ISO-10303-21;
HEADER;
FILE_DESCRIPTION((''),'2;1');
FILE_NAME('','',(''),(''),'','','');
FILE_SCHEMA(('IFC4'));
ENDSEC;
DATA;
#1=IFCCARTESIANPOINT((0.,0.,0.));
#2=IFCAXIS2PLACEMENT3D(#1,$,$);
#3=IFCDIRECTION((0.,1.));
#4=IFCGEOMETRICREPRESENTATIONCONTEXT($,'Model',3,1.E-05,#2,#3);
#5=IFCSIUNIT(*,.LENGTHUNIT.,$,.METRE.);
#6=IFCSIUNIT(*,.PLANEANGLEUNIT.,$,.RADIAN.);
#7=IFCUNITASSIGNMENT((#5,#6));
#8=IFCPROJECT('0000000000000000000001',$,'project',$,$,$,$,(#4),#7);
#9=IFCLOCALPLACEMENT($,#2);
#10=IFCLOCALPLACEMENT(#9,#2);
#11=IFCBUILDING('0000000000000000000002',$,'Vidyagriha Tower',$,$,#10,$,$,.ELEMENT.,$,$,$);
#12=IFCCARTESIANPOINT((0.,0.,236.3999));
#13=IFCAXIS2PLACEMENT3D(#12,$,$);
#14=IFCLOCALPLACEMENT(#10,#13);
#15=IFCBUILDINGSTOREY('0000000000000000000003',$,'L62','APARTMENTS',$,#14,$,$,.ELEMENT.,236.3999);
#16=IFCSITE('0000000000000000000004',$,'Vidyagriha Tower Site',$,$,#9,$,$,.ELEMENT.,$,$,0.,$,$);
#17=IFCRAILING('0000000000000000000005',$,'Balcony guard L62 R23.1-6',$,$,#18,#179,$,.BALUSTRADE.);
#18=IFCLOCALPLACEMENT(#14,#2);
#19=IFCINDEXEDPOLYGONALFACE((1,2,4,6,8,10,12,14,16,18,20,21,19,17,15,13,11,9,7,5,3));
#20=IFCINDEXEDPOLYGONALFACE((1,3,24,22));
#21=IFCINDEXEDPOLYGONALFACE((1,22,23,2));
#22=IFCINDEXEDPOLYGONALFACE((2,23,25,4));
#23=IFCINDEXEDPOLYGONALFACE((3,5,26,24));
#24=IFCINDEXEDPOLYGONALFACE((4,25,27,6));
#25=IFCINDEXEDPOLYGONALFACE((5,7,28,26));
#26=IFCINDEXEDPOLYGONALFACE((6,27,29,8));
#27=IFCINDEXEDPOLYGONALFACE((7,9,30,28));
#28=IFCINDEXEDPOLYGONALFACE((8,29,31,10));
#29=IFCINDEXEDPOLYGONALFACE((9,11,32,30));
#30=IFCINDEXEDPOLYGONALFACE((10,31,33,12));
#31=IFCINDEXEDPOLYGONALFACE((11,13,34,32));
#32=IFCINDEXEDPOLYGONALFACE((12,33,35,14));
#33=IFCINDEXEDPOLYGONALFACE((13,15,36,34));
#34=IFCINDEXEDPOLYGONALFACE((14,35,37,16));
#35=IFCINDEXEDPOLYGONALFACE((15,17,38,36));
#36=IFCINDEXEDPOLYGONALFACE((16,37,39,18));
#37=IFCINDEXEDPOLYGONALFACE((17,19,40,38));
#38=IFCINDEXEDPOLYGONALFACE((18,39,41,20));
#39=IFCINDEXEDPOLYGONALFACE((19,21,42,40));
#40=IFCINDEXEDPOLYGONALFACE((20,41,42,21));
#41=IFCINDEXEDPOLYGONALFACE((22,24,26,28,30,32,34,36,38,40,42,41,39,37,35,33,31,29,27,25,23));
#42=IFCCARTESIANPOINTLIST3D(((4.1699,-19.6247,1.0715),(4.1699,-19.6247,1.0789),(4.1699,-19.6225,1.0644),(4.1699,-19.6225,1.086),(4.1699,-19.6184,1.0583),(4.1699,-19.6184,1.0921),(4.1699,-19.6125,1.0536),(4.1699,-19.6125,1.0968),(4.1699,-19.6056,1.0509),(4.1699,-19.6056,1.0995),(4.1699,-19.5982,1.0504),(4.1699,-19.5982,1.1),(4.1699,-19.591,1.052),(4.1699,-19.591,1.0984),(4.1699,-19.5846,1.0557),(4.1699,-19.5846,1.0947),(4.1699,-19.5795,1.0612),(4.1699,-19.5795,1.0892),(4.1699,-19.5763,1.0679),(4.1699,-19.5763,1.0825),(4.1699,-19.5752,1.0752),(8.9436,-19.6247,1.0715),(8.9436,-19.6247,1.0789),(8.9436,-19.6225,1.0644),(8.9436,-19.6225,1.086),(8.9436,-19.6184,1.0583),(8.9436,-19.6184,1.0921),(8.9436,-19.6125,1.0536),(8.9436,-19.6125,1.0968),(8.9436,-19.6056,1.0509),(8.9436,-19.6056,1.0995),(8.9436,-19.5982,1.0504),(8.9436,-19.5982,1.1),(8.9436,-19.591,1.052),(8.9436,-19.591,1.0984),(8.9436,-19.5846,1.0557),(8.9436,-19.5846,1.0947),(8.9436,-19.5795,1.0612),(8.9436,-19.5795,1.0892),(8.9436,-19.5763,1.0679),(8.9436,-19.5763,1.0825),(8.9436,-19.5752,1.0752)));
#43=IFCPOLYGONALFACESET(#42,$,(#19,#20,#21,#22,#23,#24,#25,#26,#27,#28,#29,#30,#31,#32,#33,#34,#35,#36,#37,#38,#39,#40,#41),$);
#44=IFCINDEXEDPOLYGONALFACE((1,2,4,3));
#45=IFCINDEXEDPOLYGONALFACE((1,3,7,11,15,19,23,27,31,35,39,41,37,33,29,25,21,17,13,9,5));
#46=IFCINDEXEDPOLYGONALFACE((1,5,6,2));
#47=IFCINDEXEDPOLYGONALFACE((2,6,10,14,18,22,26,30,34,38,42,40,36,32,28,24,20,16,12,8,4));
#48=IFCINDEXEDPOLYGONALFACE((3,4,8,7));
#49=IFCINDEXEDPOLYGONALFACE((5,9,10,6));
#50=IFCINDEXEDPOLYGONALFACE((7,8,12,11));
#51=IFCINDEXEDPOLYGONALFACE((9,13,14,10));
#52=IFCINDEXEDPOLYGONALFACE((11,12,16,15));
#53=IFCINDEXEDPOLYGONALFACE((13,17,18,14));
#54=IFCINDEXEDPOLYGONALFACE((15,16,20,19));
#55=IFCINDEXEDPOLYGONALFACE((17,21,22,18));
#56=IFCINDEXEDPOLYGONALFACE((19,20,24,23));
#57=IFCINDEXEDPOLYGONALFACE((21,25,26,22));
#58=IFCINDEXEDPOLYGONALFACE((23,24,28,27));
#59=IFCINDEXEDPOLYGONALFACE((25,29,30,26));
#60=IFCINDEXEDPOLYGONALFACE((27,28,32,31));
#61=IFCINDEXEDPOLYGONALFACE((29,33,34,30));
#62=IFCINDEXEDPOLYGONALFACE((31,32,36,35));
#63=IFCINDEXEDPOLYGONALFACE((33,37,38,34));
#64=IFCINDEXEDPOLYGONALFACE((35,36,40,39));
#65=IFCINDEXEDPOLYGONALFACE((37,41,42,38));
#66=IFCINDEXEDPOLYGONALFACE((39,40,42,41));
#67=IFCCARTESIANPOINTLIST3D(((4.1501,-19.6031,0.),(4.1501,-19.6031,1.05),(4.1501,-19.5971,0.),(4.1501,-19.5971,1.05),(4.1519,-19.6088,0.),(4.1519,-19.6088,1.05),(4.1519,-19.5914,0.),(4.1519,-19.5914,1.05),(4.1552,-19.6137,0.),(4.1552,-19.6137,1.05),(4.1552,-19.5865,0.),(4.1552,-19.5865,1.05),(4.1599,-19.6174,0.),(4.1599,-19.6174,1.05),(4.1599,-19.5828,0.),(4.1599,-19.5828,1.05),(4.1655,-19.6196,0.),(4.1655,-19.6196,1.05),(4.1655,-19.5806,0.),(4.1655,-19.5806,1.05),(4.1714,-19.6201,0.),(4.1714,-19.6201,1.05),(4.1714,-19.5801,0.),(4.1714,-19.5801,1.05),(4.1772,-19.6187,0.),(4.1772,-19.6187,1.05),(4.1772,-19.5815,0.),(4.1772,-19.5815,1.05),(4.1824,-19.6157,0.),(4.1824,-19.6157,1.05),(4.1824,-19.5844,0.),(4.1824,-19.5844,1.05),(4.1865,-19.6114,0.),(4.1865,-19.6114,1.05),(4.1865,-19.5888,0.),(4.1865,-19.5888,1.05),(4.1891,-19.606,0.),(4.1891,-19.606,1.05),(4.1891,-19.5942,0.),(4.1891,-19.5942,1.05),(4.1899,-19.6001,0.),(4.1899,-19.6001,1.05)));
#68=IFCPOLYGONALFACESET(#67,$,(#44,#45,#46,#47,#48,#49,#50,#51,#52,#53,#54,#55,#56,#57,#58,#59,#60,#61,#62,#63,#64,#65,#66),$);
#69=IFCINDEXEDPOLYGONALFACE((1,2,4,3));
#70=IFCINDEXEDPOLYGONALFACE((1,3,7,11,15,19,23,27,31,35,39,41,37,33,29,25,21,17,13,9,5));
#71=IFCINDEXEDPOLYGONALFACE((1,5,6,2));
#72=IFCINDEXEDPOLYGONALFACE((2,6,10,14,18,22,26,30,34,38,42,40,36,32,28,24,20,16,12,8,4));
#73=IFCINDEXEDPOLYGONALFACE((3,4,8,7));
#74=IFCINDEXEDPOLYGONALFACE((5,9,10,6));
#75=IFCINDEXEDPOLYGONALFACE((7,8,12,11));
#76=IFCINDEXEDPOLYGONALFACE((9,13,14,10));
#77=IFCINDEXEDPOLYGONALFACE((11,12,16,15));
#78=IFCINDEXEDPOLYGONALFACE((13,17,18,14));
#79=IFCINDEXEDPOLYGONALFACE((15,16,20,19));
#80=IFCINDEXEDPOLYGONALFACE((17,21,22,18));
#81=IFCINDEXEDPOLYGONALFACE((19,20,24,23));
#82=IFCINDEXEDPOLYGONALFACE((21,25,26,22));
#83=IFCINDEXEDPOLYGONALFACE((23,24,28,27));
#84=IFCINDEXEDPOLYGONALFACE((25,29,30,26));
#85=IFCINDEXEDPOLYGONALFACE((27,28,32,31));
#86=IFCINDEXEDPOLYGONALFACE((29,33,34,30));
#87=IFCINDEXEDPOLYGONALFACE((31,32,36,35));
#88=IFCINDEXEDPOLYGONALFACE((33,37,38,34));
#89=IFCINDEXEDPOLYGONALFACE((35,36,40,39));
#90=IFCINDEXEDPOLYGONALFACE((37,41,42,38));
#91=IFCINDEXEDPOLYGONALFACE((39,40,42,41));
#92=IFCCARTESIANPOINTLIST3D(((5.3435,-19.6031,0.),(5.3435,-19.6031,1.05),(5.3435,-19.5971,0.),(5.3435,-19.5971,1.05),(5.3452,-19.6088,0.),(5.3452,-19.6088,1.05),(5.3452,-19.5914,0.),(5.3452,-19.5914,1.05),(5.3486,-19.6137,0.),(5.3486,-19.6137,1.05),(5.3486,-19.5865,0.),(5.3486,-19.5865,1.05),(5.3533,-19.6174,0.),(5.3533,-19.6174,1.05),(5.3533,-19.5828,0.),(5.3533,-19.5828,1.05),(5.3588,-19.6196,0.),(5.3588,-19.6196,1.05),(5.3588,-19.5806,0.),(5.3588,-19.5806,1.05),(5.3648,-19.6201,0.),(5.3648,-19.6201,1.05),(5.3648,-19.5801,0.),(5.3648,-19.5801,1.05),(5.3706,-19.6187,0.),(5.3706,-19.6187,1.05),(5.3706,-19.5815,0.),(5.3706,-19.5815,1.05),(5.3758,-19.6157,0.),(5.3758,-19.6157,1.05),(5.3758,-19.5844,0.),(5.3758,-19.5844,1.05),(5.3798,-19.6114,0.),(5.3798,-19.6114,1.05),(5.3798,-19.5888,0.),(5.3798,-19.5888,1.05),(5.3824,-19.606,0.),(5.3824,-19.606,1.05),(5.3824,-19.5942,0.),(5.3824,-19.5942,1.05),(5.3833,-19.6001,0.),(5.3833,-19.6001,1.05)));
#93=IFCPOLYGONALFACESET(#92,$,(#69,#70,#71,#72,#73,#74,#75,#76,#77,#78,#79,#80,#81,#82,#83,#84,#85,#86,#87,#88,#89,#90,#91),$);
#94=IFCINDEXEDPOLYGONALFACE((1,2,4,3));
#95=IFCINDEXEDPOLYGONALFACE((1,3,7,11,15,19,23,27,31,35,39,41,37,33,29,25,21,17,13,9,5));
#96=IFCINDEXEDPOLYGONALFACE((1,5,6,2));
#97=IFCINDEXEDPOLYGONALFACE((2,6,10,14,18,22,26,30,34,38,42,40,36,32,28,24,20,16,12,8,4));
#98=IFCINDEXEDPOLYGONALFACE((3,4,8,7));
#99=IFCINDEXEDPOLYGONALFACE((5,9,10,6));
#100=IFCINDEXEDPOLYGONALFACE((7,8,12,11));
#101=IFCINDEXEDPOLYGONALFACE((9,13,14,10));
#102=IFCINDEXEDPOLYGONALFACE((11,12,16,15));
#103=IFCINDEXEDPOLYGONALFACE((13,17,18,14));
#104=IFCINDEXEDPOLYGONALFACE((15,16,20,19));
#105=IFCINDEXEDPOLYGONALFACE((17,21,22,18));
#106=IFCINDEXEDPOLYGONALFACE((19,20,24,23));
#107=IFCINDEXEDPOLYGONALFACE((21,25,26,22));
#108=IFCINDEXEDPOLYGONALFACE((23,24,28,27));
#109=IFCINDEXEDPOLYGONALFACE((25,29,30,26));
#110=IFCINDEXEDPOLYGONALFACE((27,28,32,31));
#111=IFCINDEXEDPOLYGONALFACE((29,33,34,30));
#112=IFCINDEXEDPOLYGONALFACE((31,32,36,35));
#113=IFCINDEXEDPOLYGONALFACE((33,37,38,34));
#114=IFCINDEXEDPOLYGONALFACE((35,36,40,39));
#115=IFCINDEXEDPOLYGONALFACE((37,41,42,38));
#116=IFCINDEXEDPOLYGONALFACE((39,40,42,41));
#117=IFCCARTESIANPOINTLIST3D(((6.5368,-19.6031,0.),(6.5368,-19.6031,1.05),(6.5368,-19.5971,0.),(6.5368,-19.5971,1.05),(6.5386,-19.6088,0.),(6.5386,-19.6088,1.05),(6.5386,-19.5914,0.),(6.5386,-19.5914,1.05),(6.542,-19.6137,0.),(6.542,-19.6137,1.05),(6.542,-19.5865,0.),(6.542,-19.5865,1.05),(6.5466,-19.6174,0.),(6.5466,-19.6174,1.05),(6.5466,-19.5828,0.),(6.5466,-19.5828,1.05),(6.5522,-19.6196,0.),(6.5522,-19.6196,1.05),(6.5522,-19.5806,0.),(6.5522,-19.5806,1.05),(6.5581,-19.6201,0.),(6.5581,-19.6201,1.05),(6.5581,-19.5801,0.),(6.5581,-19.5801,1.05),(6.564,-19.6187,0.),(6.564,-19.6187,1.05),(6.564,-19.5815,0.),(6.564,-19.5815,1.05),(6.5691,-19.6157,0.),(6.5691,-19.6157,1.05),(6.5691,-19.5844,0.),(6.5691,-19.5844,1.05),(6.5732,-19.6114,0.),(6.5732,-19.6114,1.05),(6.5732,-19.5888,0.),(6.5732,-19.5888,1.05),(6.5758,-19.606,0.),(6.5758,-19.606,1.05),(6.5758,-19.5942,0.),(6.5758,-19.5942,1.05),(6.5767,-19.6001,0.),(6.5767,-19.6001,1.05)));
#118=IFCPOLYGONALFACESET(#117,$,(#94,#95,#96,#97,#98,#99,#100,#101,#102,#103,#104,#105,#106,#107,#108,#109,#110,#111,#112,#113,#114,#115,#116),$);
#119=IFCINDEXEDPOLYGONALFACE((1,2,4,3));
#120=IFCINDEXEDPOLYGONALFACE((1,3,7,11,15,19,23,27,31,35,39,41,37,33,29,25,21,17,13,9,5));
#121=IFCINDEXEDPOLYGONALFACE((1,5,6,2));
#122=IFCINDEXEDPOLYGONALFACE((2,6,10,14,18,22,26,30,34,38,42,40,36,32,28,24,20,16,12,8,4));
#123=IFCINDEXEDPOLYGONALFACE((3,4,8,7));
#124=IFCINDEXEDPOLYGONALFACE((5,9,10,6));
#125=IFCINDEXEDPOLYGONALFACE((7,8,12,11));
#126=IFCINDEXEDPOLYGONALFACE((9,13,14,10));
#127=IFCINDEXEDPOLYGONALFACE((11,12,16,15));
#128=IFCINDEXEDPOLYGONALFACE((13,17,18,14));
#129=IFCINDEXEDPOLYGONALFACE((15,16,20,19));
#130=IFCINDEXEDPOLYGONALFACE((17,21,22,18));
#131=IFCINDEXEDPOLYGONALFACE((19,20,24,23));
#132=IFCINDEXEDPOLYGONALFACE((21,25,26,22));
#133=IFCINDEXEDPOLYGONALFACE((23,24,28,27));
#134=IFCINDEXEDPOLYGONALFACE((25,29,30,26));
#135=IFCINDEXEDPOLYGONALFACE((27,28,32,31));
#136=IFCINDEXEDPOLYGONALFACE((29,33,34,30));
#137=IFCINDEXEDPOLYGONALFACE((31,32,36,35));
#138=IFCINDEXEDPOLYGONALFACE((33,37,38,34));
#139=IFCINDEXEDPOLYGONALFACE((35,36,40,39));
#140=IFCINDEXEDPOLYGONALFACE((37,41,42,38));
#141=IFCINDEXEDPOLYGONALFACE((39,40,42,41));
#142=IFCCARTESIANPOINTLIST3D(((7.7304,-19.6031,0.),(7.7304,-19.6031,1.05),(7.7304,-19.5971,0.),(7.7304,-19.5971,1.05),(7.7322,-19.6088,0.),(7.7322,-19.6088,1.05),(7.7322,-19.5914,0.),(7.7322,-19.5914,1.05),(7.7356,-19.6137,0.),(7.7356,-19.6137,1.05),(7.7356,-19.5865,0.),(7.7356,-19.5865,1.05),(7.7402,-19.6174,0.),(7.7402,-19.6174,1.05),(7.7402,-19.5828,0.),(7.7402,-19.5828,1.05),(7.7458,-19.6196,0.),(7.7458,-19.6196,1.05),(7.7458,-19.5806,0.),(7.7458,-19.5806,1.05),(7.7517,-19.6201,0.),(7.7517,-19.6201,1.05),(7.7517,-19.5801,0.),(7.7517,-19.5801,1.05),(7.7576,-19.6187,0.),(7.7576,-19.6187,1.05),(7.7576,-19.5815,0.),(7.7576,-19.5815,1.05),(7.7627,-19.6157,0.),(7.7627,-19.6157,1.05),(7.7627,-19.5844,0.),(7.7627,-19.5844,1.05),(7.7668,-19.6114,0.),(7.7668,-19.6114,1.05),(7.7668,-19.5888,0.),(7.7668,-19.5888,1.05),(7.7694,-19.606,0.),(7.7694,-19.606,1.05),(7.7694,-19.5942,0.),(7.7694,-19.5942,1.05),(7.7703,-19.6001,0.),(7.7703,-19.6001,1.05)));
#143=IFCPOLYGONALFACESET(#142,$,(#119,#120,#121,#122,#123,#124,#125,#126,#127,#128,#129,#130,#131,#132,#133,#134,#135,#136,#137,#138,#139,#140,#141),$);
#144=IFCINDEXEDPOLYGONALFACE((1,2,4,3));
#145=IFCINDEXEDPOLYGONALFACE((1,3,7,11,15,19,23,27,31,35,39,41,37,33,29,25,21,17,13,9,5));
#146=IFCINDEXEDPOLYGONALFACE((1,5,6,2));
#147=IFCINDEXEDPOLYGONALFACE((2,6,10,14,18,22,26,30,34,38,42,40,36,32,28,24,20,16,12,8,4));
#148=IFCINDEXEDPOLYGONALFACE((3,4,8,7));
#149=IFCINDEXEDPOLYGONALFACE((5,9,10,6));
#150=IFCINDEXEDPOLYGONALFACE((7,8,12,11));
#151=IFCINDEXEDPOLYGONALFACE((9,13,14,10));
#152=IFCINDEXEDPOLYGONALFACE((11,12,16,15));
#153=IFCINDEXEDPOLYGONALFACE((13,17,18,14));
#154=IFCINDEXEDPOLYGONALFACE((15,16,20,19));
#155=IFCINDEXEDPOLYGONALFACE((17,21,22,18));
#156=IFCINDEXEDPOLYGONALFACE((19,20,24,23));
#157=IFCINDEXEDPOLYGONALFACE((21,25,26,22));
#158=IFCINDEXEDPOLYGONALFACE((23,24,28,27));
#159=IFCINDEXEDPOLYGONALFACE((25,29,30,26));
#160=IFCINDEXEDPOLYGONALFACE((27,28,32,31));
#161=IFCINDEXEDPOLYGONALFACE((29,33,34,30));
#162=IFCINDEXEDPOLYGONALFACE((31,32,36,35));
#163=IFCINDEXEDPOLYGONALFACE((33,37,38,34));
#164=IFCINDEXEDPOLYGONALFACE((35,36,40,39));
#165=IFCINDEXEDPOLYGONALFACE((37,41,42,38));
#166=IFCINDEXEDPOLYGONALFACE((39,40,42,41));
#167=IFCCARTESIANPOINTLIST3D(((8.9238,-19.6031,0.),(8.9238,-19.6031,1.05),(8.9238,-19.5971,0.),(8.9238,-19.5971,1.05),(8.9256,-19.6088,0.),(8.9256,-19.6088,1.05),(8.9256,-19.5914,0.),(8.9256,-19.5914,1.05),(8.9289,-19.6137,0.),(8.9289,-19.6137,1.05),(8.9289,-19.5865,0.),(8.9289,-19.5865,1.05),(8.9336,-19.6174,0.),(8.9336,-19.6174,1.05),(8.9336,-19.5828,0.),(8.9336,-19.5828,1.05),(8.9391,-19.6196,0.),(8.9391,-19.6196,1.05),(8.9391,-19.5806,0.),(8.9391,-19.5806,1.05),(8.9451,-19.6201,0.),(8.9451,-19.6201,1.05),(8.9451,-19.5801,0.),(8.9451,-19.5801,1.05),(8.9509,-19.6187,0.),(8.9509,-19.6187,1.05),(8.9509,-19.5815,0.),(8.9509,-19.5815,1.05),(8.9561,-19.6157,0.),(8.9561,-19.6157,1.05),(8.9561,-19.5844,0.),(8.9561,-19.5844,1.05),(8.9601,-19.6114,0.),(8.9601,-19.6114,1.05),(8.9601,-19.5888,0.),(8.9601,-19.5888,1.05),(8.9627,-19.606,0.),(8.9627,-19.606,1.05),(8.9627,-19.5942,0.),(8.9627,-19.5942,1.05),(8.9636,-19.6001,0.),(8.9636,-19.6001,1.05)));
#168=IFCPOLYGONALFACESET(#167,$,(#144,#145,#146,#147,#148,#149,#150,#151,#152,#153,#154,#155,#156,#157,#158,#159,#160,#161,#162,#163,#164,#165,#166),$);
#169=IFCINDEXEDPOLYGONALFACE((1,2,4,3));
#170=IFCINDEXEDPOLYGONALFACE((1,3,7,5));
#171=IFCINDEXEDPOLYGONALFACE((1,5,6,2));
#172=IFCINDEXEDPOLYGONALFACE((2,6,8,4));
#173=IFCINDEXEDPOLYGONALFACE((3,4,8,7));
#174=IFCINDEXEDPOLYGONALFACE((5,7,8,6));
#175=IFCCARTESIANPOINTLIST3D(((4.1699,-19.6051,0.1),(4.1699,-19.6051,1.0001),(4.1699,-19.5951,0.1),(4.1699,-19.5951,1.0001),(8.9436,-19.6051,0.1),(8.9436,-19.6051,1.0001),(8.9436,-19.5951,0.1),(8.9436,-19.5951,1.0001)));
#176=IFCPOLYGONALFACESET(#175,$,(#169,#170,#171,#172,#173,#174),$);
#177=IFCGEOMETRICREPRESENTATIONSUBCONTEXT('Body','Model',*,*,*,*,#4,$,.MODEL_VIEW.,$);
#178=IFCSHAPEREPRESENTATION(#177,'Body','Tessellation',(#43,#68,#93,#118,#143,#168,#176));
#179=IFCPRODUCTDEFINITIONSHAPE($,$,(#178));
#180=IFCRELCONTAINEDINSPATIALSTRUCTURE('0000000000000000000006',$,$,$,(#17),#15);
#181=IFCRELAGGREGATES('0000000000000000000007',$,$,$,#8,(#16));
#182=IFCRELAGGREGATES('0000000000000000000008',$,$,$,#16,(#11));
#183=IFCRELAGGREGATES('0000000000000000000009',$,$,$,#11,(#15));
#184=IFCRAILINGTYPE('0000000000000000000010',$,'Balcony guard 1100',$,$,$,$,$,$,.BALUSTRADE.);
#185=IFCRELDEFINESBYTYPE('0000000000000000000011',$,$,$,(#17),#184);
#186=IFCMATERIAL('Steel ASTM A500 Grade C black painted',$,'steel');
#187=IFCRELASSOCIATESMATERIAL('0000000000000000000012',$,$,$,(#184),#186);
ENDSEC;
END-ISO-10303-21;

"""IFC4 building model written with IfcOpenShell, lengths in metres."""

from ifc_helpers import new_model, si_unit, direction, frame, origin, origin_2d, place, context, subcontext, project, spatial, rectangle, circle, extrude, material, type_object, element, save


model = new_model("IFC4")

# Units and contexts
model_context = context("Model", 3, precision=1e-05, world=origin(), true_north=direction((0.0, 1.0)))
body_context = subcontext(model_context, "Body", "Model", "MODEL_VIEW")
ifc_project = project(units=[si_unit("LENGTHUNIT", "METRE"), si_unit("PLANEANGLEUNIT", "RADIAN")], contexts=[model_context])

# Site, building, storey
site_placement = place(None, origin())
site = spatial("IfcSite", under=ifc_project, at=site_placement, Name="Vidyagriha Tower Site", CompositionType="ELEMENT", RefElevation=0.0)
building_placement = place(site_placement, origin())
building = spatial("IfcBuilding", under=site, at=building_placement, Name="Vidyagriha Tower", CompositionType="ELEMENT")
storey_placement = place(building_placement, frame((0.0, 0.0, 236.3999)))
storey = spatial("IfcBuildingStorey", under=building, at=storey_placement, Name="L62", Description="APARTMENTS", CompositionType="ELEMENT", Elevation=236.3999)

# Railing
ifc_material_1 = material(Name="Steel ASTM A500 Grade C black painted", Category="steel")
railing_type = type_object("IfcRailingType", Name="Balcony guard 1100", PredefinedType="BALUSTRADE", material=ifc_material_1)
railing_1_placement = place(storey_placement, frame((4.1699, -19.6001, 0.0)))
element("IfcRailing", 1, at=railing_1_placement, inside=storey, type_object=railing_type, Name="Balcony guard L62 R23.1-6", PredefinedType="BALUSTRADE", context=body_context, shape_type="SweptSolid", body=[
    extrude(circle(Radius=0.0249, at=origin_2d()), frame((0.0, 0.0, 1.0752), z_axis=(1.0, 0.0, 0.0), x_axis=(0.0, 1.0, 0.0)), (0.0, 0.0, 1.0), 4.7737),
    extrude(circle(Radius=0.02, at=origin_2d()), origin(), (0.0, 0.0, 1.0), 1.05),
    extrude(circle(Radius=0.02, at=origin_2d()), frame((1.1934, 0.0, 0.0)), (0.0, 0.0, 1.0), 1.05),
    extrude(circle(Radius=0.02, at=origin_2d()), frame((2.3867, 0.0, 0.0)), (0.0, 0.0, 1.0), 1.05),
    extrude(circle(Radius=0.02, at=origin_2d()), frame((3.5803, 0.0, 0.0)), (0.0, 0.0, 1.0), 1.05),
    extrude(circle(Radius=0.02, at=origin_2d()), frame((4.7737, 0.0, 0.0)), (0.0, 0.0, 1.0), 1.05),
    extrude(rectangle(XDim=0.01, YDim=0.9001, at=origin_2d()), frame((0.0, 0.0, 0.55), z_axis=(1.0, 0.0, 0.0), x_axis=(0.0, 1.0, 0.0)), (0.0, 0.0, 1.0), 4.7737),
])

save(model, "model.ifc")
